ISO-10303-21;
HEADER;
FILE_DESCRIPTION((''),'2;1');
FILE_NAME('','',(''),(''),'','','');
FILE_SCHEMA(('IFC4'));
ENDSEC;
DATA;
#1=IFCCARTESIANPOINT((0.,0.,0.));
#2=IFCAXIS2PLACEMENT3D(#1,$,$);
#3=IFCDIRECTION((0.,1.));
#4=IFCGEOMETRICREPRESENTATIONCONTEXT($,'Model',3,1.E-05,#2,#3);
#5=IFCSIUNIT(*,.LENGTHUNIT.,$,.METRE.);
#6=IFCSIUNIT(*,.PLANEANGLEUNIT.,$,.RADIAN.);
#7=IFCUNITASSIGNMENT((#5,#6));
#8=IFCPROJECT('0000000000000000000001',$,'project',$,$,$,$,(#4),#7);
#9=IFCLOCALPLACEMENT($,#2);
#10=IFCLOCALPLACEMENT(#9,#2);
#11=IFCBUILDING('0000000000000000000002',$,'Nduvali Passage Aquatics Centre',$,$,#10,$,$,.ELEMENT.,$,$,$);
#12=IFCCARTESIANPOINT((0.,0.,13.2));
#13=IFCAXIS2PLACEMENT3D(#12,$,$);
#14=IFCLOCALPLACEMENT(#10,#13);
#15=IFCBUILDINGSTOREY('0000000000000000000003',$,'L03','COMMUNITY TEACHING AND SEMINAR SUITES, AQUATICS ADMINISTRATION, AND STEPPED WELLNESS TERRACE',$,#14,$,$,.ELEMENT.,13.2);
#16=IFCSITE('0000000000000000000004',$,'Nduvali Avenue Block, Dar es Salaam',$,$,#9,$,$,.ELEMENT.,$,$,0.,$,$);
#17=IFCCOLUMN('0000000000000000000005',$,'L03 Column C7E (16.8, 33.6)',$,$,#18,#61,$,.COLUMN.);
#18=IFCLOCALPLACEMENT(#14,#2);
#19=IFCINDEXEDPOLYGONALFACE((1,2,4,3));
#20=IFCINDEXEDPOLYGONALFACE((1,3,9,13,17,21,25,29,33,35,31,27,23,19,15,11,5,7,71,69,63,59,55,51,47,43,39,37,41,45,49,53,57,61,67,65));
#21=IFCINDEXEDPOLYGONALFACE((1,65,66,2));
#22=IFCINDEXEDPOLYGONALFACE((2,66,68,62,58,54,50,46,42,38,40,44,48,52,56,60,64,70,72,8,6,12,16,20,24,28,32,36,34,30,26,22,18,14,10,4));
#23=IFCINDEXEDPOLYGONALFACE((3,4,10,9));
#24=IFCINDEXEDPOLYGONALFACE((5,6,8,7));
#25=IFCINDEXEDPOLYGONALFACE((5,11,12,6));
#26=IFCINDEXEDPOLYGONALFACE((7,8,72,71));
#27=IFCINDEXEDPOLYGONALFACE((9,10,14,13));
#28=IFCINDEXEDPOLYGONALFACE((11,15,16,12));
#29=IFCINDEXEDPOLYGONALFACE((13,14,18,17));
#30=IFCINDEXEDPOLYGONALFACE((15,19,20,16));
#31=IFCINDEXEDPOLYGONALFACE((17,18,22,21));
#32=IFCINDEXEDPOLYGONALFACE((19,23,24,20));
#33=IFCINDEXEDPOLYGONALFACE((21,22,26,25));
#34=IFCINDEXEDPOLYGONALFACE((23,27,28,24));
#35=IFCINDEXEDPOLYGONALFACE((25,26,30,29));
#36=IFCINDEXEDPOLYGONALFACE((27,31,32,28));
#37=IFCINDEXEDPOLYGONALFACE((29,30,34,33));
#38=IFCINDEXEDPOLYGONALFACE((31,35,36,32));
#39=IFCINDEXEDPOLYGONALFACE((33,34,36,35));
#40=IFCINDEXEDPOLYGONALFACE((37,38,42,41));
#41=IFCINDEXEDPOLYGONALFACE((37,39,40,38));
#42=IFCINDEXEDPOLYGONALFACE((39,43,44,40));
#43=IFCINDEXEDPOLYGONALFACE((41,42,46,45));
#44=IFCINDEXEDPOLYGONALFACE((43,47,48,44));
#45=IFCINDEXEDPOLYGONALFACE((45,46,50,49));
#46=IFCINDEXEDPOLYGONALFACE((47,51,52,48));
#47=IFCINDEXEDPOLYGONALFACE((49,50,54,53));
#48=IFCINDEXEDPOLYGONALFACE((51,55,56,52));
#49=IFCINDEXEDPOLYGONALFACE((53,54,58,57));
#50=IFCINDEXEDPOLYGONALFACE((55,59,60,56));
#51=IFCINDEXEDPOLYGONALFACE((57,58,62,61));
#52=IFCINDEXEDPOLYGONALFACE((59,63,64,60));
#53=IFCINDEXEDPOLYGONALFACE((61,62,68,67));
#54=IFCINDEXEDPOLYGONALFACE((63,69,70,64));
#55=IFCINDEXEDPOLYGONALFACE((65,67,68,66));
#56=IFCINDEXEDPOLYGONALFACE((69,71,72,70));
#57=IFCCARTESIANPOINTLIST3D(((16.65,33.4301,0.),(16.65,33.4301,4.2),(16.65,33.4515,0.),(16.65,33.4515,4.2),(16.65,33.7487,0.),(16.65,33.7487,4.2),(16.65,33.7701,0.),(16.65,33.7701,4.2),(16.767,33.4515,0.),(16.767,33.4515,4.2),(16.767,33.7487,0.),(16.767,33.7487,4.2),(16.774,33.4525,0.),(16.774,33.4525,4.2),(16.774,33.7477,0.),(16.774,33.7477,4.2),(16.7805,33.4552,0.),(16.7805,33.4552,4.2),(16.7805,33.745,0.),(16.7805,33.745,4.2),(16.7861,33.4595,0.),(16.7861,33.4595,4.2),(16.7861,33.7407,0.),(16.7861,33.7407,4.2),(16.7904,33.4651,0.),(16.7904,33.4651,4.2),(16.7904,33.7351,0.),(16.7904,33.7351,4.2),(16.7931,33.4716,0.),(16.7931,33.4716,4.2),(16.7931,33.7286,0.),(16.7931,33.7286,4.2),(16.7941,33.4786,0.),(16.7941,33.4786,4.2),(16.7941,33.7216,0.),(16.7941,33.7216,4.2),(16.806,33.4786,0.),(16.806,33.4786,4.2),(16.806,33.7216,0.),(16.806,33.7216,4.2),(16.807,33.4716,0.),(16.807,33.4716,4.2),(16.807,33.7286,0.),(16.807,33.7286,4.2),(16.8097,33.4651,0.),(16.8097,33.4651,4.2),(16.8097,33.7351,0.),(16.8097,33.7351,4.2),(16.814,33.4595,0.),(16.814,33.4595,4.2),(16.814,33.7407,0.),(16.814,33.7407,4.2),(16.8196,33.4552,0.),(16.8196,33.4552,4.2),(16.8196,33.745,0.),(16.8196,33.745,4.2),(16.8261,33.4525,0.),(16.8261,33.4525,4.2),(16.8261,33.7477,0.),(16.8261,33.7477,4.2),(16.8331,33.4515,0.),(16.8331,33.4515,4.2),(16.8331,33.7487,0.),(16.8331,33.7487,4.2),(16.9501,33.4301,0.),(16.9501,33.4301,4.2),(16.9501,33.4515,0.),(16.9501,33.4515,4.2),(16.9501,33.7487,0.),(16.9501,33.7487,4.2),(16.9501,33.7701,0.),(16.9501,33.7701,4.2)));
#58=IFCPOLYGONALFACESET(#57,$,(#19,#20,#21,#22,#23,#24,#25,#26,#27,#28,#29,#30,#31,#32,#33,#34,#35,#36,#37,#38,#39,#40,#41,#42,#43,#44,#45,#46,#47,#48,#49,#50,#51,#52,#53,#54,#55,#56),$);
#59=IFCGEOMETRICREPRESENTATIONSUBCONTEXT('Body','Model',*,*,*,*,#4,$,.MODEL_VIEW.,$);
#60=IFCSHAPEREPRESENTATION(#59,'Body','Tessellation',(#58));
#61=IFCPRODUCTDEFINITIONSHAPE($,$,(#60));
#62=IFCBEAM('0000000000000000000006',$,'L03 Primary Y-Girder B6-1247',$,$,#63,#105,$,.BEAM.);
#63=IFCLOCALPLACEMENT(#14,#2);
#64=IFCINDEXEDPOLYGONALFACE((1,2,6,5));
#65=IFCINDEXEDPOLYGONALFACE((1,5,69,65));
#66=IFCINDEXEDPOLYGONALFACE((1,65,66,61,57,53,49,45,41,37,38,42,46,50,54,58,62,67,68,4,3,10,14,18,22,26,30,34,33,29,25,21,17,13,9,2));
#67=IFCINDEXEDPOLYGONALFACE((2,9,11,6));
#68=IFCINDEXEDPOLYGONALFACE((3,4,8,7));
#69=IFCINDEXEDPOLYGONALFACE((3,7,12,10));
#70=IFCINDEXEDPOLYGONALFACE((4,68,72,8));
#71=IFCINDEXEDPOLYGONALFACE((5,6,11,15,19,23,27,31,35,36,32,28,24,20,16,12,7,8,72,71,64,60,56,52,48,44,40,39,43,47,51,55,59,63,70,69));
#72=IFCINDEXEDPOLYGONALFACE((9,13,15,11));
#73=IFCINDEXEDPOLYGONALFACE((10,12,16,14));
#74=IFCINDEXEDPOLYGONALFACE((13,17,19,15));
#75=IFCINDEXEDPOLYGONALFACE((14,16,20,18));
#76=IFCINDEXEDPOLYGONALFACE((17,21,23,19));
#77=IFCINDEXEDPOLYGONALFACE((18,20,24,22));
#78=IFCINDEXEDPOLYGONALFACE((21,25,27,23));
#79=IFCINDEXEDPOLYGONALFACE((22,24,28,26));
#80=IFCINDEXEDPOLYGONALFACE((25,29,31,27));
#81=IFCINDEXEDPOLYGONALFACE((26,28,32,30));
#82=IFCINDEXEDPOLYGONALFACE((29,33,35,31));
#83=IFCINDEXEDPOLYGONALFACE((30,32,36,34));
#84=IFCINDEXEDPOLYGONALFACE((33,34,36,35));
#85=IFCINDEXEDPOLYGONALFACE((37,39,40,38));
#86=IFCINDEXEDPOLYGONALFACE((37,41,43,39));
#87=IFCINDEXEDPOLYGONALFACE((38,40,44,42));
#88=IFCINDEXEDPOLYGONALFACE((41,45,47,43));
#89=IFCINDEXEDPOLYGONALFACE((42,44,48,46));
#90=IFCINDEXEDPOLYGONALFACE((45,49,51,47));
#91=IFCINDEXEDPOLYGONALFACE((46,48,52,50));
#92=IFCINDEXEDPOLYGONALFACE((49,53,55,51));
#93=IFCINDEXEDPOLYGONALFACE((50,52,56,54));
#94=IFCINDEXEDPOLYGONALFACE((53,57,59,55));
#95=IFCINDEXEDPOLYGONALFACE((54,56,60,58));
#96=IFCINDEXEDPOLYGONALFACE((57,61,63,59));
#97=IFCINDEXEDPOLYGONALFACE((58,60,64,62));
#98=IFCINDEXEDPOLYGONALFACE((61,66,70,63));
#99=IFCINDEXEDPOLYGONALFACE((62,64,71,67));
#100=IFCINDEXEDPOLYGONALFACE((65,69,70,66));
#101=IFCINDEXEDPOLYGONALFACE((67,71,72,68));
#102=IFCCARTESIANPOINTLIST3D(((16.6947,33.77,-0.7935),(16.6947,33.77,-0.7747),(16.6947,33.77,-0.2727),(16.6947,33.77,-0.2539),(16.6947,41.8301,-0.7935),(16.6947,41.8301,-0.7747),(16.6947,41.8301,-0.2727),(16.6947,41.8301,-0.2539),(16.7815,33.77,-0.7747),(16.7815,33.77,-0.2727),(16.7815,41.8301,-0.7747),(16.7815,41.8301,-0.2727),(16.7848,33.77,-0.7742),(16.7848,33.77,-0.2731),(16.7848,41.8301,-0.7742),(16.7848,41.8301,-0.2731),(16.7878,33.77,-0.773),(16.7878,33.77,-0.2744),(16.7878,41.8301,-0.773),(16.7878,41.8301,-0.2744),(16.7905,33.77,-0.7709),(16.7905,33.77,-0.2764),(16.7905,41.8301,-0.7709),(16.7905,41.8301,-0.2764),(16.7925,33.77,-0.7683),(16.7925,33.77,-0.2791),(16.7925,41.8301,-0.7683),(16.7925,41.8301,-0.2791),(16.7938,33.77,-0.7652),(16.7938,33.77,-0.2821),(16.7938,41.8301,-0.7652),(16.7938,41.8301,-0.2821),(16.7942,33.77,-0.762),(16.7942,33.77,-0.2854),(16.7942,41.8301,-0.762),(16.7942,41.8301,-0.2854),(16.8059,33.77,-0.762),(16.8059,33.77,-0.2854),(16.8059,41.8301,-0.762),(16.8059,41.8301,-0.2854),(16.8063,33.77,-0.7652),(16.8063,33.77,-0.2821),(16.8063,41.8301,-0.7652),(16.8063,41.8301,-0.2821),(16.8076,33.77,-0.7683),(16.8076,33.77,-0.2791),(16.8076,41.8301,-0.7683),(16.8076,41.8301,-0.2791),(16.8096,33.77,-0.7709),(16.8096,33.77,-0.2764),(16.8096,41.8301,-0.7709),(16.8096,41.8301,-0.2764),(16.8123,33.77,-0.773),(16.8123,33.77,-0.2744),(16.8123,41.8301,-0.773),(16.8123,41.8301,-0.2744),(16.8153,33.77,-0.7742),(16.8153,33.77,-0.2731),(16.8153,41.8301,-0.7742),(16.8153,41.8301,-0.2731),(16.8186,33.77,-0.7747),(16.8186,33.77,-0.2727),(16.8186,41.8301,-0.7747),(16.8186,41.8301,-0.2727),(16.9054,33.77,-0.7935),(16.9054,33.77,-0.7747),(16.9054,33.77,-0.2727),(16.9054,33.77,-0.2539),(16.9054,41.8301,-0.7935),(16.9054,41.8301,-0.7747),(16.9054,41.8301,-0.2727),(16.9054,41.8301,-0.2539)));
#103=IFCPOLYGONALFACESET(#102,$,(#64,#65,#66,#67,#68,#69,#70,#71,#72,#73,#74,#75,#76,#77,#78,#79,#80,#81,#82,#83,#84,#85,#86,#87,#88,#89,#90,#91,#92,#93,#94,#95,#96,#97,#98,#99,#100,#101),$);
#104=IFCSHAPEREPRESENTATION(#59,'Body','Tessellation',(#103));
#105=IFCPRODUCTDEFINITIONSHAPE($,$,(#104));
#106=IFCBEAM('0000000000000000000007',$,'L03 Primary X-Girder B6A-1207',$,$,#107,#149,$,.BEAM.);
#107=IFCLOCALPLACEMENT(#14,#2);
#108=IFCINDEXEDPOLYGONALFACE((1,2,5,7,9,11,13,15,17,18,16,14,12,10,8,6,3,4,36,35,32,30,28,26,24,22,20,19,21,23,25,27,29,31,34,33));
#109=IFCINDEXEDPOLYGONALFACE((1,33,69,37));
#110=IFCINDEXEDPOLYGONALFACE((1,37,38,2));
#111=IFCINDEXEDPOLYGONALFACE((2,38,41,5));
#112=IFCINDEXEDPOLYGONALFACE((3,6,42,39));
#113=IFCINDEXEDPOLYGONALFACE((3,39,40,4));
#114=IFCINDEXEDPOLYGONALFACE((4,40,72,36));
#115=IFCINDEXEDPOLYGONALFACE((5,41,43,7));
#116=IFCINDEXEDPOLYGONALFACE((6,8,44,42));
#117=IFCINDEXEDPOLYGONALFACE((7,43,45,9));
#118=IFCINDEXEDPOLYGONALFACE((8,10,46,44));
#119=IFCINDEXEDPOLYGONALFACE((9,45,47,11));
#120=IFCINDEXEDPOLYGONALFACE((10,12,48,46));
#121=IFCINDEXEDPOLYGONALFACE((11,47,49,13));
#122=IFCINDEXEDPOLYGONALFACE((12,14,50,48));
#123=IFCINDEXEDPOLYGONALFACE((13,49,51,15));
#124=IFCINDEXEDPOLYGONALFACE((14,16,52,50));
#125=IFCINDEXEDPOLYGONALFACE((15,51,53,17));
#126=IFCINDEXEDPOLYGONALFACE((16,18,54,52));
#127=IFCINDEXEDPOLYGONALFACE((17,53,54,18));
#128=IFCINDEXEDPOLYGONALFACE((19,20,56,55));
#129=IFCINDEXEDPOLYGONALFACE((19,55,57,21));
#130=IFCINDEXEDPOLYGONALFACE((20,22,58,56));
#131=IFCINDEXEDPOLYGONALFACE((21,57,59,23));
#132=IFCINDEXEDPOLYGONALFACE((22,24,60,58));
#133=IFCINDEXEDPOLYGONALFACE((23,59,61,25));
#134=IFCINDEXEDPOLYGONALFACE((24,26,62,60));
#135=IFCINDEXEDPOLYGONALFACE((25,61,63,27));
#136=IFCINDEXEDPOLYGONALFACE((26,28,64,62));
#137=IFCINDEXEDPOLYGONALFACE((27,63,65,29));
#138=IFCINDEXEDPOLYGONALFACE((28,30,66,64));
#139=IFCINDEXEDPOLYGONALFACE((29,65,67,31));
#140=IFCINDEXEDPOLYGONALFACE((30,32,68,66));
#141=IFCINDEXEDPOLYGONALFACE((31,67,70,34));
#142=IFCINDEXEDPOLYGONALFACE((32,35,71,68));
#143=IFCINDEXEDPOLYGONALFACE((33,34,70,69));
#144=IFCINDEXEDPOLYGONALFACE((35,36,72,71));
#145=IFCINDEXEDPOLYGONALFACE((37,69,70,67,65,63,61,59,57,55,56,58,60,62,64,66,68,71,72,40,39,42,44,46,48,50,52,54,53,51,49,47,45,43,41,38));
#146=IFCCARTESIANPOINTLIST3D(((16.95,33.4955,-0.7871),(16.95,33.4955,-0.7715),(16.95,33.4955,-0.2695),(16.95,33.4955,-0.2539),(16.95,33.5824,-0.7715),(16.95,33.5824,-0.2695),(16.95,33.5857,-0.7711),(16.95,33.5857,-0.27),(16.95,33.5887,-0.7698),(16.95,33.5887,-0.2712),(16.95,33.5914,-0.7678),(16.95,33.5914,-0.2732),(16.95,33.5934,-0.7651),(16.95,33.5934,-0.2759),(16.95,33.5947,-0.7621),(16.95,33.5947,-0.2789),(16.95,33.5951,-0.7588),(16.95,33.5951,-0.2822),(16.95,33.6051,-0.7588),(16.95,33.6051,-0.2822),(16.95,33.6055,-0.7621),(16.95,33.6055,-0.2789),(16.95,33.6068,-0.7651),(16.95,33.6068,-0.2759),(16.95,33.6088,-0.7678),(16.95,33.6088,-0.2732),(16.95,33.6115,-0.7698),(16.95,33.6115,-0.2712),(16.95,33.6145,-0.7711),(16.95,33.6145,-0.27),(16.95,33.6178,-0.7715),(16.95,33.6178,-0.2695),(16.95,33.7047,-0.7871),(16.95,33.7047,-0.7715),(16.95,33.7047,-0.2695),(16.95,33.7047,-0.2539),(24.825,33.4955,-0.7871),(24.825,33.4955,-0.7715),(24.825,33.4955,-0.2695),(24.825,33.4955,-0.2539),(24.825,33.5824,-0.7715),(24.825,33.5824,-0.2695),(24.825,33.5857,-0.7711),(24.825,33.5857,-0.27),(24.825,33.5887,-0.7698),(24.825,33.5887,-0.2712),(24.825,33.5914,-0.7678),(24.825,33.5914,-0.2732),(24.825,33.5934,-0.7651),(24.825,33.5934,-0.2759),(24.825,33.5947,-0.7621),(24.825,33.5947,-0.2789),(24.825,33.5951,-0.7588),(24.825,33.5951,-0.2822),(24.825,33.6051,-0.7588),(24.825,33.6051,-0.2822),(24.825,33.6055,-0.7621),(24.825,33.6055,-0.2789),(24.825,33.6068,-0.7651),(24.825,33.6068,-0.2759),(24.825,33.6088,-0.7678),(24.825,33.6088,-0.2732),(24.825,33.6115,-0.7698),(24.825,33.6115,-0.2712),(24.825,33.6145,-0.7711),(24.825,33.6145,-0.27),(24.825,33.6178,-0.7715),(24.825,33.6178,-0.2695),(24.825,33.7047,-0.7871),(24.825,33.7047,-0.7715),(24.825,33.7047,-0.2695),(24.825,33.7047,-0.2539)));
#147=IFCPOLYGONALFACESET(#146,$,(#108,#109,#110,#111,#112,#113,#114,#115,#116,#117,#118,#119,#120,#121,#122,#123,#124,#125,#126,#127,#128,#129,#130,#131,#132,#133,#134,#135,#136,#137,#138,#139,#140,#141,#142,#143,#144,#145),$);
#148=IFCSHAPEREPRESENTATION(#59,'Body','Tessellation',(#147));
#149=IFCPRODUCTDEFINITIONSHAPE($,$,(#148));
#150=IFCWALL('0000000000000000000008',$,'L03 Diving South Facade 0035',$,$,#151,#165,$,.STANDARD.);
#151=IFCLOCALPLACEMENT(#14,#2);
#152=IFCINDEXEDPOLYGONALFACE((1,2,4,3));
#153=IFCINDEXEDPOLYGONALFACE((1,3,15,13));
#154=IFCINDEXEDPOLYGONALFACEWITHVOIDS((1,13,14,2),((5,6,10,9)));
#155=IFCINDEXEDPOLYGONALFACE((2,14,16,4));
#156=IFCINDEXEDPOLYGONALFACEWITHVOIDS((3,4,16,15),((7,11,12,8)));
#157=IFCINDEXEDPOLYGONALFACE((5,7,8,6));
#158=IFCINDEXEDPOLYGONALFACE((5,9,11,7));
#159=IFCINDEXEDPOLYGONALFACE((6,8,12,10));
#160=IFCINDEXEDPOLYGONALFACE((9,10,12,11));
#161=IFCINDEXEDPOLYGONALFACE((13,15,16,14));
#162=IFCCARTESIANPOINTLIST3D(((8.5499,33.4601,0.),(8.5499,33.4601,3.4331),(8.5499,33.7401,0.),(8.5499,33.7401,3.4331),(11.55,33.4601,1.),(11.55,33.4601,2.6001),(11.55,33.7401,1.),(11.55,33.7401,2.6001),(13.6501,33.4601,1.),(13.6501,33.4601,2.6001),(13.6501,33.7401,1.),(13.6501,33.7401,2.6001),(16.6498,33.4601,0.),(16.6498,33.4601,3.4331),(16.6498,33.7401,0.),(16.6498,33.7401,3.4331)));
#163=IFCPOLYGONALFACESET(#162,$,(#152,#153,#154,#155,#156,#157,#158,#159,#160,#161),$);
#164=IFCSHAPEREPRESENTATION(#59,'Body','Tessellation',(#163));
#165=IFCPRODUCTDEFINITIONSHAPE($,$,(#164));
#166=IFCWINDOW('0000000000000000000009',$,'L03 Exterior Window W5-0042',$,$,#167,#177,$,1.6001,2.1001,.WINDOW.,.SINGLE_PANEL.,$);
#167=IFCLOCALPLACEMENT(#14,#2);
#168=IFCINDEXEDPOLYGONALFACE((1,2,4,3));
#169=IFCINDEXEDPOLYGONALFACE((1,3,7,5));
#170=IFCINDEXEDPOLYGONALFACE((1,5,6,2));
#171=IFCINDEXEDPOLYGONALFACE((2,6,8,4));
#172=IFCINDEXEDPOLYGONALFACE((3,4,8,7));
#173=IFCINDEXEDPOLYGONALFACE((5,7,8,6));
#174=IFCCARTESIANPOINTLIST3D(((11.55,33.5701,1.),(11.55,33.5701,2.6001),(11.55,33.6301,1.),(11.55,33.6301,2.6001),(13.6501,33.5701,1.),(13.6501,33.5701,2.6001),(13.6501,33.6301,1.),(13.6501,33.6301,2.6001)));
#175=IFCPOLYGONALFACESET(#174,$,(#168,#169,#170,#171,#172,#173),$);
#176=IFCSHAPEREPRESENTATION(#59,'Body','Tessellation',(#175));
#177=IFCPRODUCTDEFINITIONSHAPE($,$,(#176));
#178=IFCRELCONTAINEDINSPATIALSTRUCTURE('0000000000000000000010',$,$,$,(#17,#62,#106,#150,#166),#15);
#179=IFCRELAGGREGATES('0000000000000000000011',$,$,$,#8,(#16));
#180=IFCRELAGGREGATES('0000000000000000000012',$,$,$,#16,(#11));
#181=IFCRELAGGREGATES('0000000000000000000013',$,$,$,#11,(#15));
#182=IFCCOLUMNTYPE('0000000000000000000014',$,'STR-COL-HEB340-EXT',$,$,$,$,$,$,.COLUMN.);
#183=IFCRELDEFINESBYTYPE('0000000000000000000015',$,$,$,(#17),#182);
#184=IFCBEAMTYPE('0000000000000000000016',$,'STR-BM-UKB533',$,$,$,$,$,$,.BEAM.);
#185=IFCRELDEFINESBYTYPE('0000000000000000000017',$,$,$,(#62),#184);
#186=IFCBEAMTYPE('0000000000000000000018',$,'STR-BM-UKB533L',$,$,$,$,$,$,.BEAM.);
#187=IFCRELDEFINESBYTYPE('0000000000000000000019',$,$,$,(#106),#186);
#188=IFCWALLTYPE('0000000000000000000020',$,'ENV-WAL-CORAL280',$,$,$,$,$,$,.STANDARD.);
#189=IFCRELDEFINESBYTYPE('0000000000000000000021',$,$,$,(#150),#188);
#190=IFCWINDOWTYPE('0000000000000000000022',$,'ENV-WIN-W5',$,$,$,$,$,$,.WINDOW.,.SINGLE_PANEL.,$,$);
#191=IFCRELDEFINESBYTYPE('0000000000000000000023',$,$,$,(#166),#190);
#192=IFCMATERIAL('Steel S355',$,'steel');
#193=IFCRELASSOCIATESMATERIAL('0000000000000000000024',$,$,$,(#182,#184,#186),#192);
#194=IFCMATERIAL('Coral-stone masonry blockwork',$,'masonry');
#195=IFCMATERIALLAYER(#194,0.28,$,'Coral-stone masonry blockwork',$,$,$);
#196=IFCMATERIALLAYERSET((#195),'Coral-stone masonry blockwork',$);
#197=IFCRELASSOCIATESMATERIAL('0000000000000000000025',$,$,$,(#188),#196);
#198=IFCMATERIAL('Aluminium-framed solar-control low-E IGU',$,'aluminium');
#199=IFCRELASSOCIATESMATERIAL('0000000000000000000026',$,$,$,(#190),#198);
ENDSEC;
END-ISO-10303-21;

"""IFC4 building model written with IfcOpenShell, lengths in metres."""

from ifc_helpers import new_model, si_unit, direction, frame, frame_2d, origin, origin_2d, place, context, subcontext, project, spatial, rectangle, i_section, extrude, material, layer, layer_set, material_profile, profile_set, type_object, element, fill, save


model = new_model("IFC4")

# Units and contexts
model_context = context("Model", 3, precision=1e-05, world=origin(), true_north=direction((0.0, 1.0)))
body_context = subcontext(model_context, "Body", "Model", "MODEL_VIEW")
ifc_project = project(units=[si_unit("LENGTHUNIT", "METRE"), si_unit("PLANEANGLEUNIT", "RADIAN")], contexts=[model_context])

# Site, building, storey
site_placement = place(None, origin())
site = spatial("IfcSite", under=ifc_project, at=site_placement, Name="Nduvali Avenue Block, Dar es Salaam", CompositionType="ELEMENT", RefElevation=0.0)
building_placement = place(site_placement, origin())
building = spatial("IfcBuilding", under=site, at=building_placement, Name="Nduvali Passage Aquatics Centre", CompositionType="ELEMENT")
storey_placement = place(building_placement, frame((0.0, 0.0, 13.2)))
storey = spatial("IfcBuildingStorey", under=building, at=storey_placement, Name="L03", Description="COMMUNITY TEACHING AND SEMINAR SUITES, AQUATICS ADMINISTRATION, AND STEPPED WELLNESS TERRACE", CompositionType="ELEMENT", Elevation=13.2)

# Column
ifc_material_1 = material(Name="Steel S355", Category="steel")
ifc_material_profile_1 = material_profile(ifc_material_1, i_section(OverallWidth=0.3, OverallDepth=0.3401, WebThickness=0.012, FlangeThickness=0.0215, FilletRadius=0.0271, at=origin_2d()), Name="HEB 340")
ifc_profile_set_1 = profile_set([ifc_material_profile_1], Name="Steel S355")
column_type = type_object("IfcColumnType", Name="STR-COL-HEB340-EXT", PredefinedType="COLUMN", material=ifc_profile_set_1)
column_placement = place(storey_placement, frame((16.8, 33.6001, 0.0), z_axis=(0.0, 0.0, 1.0), x_axis=(1.0, 0.0, 0.0)))
element("IfcColumn", 1, at=column_placement, inside=storey, type_object=column_type, Name="L03 Column C7E (16.8, 33.6)", PredefinedType="COLUMN", context=body_context, shape_type="SweptSolid", body=[
    extrude(i_section(OverallWidth=0.3, OverallDepth=0.3401, WebThickness=0.012, FlangeThickness=0.0215, FilletRadius=0.0271, at=origin_2d()), origin(), (0.0, 0.0, 1.0), 4.2),
])

# Beams
ifc_material_profile_2 = material_profile(ifc_material_1, i_section(OverallWidth=0.2107, OverallDepth=0.5396, WebThickness=0.0117, FlangeThickness=0.0188, FilletRadius=0.0127, at=origin_2d()), Name="UKB 533x210x109")
ifc_profile_set_2 = profile_set([ifc_material_profile_2], Name="Steel S355")
beam_type_1 = type_object("IfcBeamType", Name="STR-BM-UKB533", PredefinedType="BEAM", material=ifc_profile_set_2)
beam_1_placement = place(storey_placement, frame((16.8, 33.77, -0.5237), z_axis=(0.0, 1.0, 0.0), x_axis=(-1.0, 0.0, 0.0)))
element("IfcBeam", 2, at=beam_1_placement, inside=storey, type_object=beam_type_1, Name="L03 Primary Y-Girder B6-1247", PredefinedType="BEAM", context=body_context, shape_type="SweptSolid", body=[
    extrude(i_section(OverallWidth=0.2107, OverallDepth=0.5396, WebThickness=0.0117, FlangeThickness=0.0188, FilletRadius=0.0127, at=origin_2d()), origin(), (0.0, 0.0, 1.0), 8.0601),
])
ifc_material_profile_3 = material_profile(ifc_material_1, i_section(OverallWidth=0.2092, OverallDepth=0.5332, WebThickness=0.01, FlangeThickness=0.0156, FilletRadius=0.0127, at=origin_2d()), Name="UKB 533x210x92")
ifc_profile_set_3 = profile_set([ifc_material_profile_3], Name="Steel S355")
beam_type_2 = type_object("IfcBeamType", Name="STR-BM-UKB533L", PredefinedType="BEAM", material=ifc_profile_set_3)
beam_2_placement = place(storey_placement, frame((16.95, 33.6001, -0.5205), z_axis=(1.0, 0.0, 0.0), x_axis=(0.0, 1.0, 0.0)))
element("IfcBeam", 3, at=beam_2_placement, inside=storey, type_object=beam_type_2, Name="L03 Primary X-Girder B6A-1207", PredefinedType="BEAM", context=body_context, shape_type="SweptSolid", body=[
    extrude(i_section(OverallWidth=0.2092, OverallDepth=0.5332, WebThickness=0.01, FlangeThickness=0.0156, FilletRadius=0.0127, at=origin_2d()), origin(), (0.0, 0.0, 1.0), 7.875),
])

# Wall, opening, window
ifc_material_2 = material(Name="Coral-stone masonry blockwork", Category="masonry")
ifc_layer_1 = layer(ifc_material_2, 0.28, Name="Coral-stone masonry blockwork")
ifc_layer_set_1 = layer_set([ifc_layer_1], Name="Coral-stone masonry blockwork")
wall_type_1 = type_object("IfcWallType", Name="ENV-WAL-CORAL280", PredefinedType="STANDARD", material=ifc_layer_set_1)
wall_1_placement = place(storey_placement, frame((8.55, 33.6001, 0.0), z_axis=(0.0, 0.0, 1.0), x_axis=(1.0, 0.0, 0.0)))
wall_1 = element("IfcWall", 4, at=wall_1_placement, inside=storey, type_object=wall_type_1, Name="L03 Diving South Facade 0035", PredefinedType="STANDARD", context=body_context, shape_type="SweptSolid", body=[
    extrude(rectangle(XDim=8.0999, YDim=0.28, at=frame_2d((4.0498, 0.0))), origin(), (0.0, 0.0, 1.0), 3.4331),
])
opening_1_placement = place(wall_1_placement, frame((3.0, 0.0, 1.0)))
opening_1 = element("IfcOpeningElement", 5, at=opening_1_placement, cuts=wall_1, PredefinedType="OPENING", context=body_context, shape_type="SweptSolid", body=[
    extrude(rectangle(XDim=2.1001, YDim=1.6001, at=frame_2d((1.05, 0.8))), frame((0.0, 0.1548, 0.0), z_axis=(0.0, -1.0, 0.0), x_axis=(1.0, 0.0, 0.0)), (0.0, 0.0, 1.0), 0.3098),
])
ifc_material_3 = material(Name="Aluminium-framed solar-control low-E IGU", Category="aluminium")
window_type_1 = type_object("IfcWindowType", Name="ENV-WIN-W5", PartitioningType="SINGLE_PANEL", PredefinedType="WINDOW", material=ifc_material_3)
window_1_placement = place(opening_1_placement, origin())
window_1 = element("IfcWindow", 6, at=window_1_placement, inside=storey, type_object=window_type_1, Name="L03 Exterior Window W5-0042", OverallHeight=1.6001, OverallWidth=2.1001, PartitioningType="SINGLE_PANEL", PredefinedType="WINDOW", context=body_context, shape_type="SweptSolid", body=[
    extrude(rectangle(XDim=2.1001, YDim=1.6001, at=frame_2d((1.05, 0.8))), frame((0.0, 0.03, 0.0), z_axis=(0.0, -1.0, 0.0), x_axis=(1.0, 0.0, 0.0)), (0.0, 0.0, 1.0), 0.0601),
])
fill(opening_1, window_1)

save(model, "model.ifc")
